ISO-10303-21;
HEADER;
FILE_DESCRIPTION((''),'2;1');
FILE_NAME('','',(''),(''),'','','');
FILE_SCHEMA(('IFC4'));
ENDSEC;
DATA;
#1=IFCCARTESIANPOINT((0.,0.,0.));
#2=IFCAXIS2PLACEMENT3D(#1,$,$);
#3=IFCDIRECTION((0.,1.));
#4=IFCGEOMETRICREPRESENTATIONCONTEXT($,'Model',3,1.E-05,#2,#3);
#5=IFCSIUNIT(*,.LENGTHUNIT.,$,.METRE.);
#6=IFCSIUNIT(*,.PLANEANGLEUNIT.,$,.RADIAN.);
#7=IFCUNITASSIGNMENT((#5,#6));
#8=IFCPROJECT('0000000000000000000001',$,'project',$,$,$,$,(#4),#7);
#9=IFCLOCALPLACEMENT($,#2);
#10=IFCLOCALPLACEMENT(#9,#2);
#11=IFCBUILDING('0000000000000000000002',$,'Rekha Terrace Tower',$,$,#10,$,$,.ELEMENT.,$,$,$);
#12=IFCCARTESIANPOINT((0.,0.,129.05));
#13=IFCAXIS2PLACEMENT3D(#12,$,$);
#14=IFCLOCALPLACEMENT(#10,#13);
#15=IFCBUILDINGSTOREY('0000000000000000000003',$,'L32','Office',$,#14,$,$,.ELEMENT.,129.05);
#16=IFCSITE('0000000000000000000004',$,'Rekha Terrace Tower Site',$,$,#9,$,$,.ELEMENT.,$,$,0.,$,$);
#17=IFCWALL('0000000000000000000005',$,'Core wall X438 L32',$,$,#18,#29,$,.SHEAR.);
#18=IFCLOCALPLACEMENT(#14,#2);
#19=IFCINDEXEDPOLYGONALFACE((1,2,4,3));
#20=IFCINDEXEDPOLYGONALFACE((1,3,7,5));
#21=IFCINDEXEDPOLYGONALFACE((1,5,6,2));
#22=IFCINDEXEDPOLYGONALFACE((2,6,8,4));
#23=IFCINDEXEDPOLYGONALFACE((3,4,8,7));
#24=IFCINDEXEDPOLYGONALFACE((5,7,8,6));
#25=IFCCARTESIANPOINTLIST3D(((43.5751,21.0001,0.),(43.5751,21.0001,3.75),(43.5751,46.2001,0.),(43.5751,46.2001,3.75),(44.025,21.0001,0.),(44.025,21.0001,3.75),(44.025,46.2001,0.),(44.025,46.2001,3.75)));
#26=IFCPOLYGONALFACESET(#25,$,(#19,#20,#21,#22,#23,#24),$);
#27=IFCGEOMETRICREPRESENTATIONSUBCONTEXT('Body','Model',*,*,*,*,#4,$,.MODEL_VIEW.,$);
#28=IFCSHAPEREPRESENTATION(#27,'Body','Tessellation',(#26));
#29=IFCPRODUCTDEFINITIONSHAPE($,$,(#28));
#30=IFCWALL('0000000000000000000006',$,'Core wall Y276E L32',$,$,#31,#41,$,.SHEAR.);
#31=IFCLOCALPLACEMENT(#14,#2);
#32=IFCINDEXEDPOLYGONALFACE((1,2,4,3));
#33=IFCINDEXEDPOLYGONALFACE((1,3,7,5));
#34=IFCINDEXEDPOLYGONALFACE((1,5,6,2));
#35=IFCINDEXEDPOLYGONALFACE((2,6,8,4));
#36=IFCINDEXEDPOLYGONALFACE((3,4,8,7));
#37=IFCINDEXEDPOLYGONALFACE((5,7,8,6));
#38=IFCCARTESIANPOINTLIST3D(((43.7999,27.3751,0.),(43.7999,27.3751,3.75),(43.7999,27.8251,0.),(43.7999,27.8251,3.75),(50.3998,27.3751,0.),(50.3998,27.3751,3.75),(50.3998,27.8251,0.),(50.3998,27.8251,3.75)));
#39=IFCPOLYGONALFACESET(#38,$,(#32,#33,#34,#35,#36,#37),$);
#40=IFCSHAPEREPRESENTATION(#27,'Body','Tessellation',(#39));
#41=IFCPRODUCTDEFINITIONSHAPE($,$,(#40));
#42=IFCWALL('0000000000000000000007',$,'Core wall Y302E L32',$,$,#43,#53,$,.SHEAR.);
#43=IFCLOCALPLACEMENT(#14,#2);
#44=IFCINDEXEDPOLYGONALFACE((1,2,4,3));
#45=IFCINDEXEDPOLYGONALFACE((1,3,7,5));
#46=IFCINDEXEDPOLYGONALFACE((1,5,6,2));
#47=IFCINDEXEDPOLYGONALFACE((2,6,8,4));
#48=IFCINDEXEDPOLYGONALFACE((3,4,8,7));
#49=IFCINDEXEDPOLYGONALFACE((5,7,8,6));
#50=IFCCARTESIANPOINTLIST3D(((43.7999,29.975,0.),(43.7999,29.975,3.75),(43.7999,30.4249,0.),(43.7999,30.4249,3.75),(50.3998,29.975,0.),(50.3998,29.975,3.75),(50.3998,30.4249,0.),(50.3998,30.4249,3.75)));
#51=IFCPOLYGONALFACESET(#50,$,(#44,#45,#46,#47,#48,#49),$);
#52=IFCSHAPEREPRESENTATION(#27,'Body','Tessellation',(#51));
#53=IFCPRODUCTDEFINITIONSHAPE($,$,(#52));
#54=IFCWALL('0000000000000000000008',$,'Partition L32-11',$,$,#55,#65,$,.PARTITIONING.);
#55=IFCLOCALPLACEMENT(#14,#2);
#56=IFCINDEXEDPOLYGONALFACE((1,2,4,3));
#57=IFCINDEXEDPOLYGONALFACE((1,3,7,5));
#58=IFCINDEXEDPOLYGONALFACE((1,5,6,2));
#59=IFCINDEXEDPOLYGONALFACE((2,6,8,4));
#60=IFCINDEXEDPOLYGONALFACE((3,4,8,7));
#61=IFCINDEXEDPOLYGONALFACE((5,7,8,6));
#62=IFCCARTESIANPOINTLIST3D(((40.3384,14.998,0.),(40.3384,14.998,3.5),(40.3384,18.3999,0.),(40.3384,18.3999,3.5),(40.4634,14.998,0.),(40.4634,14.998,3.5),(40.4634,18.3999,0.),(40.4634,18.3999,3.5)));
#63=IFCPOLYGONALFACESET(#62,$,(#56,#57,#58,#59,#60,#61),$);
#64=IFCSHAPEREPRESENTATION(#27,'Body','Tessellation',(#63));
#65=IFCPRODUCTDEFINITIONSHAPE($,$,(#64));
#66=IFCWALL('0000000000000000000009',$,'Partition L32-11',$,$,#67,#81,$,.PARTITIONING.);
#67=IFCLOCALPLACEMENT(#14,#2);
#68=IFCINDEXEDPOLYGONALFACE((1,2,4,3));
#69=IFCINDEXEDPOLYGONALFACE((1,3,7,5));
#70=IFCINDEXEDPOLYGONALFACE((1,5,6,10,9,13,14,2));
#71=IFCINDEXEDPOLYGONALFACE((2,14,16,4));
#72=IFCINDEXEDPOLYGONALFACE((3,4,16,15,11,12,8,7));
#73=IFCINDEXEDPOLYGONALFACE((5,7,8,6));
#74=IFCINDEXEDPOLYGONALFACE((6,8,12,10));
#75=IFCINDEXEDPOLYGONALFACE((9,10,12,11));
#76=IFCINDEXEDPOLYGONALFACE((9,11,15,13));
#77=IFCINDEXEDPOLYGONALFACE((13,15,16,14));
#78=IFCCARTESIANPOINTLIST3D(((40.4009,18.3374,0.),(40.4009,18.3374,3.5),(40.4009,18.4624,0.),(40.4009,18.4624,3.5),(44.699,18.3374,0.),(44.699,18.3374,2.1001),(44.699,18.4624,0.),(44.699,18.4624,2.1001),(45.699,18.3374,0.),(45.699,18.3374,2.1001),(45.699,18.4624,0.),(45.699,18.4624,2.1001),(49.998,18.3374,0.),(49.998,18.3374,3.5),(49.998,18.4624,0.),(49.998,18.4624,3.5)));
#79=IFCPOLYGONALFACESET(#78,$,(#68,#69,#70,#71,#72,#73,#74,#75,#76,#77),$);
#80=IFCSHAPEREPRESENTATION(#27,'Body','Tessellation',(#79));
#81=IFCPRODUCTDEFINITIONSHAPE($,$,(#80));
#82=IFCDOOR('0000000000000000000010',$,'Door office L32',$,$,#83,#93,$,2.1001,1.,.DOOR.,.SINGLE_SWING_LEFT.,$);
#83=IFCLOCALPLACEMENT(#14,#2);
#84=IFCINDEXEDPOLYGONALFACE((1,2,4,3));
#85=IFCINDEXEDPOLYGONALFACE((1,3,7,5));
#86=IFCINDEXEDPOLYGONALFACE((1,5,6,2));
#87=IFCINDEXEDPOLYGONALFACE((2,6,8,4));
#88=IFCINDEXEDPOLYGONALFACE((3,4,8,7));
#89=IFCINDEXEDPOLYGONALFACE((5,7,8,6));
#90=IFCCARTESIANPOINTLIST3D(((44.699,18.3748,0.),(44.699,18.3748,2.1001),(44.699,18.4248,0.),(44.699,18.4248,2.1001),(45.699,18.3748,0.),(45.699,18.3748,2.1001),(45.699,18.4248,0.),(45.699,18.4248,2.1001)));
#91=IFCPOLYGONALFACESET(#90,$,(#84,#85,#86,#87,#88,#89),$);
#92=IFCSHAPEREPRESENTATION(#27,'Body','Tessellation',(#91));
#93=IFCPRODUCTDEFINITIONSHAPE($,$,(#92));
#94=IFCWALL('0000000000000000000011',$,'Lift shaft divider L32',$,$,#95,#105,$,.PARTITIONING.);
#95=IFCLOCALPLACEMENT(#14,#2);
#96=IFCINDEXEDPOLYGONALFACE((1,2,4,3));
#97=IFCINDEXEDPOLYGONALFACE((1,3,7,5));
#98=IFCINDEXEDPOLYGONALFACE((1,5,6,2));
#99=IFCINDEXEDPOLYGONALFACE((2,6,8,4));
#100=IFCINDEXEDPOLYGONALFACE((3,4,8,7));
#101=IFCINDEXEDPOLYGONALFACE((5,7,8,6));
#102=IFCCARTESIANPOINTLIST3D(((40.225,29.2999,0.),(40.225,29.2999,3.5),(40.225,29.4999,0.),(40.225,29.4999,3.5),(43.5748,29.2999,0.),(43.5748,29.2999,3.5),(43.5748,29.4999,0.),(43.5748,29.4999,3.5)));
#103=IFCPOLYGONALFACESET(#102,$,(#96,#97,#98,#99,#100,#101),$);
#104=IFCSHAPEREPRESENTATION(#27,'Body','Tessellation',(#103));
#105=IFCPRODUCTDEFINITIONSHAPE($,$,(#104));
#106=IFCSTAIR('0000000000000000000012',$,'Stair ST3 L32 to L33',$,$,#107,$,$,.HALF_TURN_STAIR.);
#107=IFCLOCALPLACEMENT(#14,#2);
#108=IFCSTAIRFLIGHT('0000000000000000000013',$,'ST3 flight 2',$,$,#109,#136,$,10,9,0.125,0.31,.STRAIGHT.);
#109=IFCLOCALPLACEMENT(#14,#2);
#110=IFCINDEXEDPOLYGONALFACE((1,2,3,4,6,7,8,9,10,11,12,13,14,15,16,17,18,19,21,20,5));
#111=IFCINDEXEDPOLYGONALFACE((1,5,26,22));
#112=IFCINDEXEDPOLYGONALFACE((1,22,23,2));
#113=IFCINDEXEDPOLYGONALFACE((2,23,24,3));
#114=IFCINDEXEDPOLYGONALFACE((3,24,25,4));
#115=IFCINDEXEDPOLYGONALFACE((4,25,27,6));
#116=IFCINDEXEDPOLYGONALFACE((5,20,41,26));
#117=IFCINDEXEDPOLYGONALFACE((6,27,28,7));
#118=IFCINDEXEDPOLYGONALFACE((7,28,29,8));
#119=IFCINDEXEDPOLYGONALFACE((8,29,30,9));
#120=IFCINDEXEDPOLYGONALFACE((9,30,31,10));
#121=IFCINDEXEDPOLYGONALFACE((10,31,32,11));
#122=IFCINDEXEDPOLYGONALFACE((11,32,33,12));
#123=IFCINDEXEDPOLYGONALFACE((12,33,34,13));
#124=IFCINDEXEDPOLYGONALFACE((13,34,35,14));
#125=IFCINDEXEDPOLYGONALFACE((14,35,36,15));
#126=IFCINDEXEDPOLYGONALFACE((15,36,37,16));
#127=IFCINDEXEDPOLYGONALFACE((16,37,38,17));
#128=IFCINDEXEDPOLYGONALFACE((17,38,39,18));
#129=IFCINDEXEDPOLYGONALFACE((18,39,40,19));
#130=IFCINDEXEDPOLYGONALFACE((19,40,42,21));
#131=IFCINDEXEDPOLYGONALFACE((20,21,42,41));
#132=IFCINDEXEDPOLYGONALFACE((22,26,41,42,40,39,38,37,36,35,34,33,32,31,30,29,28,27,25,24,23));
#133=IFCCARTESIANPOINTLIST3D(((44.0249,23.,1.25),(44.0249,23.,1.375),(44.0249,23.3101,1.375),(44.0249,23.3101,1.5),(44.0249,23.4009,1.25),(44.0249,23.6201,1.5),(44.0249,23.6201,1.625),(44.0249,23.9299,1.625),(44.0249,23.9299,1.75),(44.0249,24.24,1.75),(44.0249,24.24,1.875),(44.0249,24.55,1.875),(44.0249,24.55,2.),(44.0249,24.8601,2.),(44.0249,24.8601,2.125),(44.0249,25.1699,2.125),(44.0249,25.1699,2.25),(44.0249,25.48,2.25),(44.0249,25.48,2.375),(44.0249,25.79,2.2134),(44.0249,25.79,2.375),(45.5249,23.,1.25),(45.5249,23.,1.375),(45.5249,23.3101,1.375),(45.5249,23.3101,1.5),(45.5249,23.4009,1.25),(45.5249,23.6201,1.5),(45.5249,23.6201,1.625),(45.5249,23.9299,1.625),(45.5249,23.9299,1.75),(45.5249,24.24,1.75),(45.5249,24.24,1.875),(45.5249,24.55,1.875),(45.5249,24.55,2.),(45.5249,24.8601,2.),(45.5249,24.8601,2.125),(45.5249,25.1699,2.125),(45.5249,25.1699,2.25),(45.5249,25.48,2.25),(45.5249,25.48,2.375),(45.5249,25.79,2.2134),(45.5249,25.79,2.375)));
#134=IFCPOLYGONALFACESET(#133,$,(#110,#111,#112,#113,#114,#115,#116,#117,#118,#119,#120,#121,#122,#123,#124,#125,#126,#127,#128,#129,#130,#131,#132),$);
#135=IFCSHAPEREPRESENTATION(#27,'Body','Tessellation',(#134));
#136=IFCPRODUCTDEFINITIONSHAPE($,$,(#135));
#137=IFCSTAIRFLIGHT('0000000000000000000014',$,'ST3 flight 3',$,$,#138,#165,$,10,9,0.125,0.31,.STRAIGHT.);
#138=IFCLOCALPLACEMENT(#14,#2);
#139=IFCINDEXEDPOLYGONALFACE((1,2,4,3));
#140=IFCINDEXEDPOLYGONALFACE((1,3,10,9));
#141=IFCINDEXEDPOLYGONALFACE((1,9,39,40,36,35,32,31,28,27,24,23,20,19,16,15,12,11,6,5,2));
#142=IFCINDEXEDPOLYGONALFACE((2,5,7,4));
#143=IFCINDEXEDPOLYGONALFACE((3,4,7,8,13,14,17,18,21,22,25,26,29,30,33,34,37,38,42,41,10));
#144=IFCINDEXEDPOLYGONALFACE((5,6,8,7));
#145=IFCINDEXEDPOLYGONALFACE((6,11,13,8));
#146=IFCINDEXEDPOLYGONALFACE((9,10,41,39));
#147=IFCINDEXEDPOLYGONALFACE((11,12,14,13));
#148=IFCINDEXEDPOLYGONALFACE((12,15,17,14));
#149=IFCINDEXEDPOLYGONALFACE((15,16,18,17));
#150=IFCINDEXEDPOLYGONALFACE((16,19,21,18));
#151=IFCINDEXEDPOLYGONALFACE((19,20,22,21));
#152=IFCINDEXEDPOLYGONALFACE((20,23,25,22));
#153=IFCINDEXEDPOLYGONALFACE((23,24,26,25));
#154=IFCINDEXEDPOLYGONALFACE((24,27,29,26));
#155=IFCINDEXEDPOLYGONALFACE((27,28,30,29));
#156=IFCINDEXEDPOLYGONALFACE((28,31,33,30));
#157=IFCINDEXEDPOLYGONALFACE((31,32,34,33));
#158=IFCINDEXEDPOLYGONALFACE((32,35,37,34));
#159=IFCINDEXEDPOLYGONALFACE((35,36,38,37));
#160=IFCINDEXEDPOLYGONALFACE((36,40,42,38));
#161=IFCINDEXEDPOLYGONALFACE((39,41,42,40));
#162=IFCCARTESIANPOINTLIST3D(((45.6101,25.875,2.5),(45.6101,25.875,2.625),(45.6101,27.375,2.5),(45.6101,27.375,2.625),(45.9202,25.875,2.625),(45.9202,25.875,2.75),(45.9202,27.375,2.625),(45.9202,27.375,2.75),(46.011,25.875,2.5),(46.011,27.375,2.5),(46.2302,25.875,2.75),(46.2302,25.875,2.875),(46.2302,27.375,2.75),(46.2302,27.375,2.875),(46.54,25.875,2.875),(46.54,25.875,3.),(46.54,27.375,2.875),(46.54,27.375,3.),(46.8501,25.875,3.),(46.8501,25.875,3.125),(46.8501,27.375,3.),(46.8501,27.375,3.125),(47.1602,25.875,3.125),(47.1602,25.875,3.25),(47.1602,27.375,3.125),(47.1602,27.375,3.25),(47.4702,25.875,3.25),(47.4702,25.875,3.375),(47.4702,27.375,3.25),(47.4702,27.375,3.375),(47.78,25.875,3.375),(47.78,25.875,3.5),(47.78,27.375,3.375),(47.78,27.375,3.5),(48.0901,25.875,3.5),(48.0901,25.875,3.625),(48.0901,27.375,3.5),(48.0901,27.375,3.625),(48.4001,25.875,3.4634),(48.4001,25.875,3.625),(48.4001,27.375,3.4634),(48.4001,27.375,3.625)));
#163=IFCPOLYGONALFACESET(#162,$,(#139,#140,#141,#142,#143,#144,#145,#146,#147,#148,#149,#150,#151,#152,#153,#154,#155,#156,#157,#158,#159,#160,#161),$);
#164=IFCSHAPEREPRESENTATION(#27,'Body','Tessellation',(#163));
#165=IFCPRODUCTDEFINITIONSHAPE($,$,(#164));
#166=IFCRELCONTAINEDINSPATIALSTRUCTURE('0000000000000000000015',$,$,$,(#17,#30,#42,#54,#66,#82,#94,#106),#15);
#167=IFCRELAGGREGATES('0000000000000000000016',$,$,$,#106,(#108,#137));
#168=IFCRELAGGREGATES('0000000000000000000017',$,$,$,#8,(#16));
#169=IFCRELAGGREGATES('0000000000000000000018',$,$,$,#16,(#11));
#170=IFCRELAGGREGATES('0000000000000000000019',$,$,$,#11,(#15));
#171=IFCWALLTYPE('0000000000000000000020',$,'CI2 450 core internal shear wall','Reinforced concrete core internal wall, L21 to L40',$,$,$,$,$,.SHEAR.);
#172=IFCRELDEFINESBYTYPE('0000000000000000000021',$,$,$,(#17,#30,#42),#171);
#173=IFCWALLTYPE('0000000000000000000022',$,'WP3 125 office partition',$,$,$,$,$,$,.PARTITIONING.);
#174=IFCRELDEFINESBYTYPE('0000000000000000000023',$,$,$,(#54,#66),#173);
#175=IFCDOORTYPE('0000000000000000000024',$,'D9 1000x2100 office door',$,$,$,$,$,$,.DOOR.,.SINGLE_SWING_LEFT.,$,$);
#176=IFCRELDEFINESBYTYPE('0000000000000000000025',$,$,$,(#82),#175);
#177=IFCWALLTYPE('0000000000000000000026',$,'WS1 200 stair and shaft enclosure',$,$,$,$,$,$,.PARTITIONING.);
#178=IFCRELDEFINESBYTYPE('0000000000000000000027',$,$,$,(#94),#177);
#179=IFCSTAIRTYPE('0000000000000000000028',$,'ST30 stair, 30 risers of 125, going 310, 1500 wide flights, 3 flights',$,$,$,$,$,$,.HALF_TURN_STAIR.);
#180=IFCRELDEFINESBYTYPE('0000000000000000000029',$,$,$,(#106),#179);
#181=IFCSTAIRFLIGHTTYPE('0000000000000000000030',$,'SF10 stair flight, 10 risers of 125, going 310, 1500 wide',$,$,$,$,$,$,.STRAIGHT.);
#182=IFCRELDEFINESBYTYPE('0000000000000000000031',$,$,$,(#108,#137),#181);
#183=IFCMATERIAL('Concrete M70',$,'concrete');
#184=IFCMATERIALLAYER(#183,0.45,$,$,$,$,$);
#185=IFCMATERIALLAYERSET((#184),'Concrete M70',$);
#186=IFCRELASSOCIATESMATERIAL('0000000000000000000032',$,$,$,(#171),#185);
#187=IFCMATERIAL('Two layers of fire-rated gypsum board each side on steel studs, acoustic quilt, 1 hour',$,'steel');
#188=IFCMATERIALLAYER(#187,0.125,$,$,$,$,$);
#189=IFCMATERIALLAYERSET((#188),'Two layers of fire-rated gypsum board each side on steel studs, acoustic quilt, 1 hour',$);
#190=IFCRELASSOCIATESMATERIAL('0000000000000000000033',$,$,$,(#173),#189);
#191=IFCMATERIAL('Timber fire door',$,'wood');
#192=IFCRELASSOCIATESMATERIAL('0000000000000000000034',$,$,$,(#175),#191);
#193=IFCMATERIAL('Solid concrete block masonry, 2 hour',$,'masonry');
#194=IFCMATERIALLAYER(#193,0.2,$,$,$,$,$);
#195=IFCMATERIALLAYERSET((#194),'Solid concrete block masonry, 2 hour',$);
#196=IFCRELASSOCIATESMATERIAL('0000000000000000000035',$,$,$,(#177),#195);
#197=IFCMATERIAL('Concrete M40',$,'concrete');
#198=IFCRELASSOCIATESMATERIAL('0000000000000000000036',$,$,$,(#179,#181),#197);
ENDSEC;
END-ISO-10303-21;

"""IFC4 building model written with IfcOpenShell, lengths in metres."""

from ifc_helpers import new_model, si_unit, direction, frame, frame_2d, origin, place, context, subcontext, project, spatial, polyline, rectangle, outline, extrude, material, layer, layer_set, type_object, element, fill, aggregate, save


model = new_model("IFC4")

# Units and contexts
model_context = context("Model", 3, precision=1e-05, world=origin(), true_north=direction((0.0, 1.0)))
body_context = subcontext(model_context, "Body", "Model", "MODEL_VIEW")
ifc_project = project(units=[si_unit("LENGTHUNIT", "METRE"), si_unit("PLANEANGLEUNIT", "RADIAN")], contexts=[model_context])

# Site, building, storey
site_placement = place(None, origin())
site = spatial("IfcSite", under=ifc_project, at=site_placement, Name="Rekha Terrace Tower Site", CompositionType="ELEMENT", RefElevation=0.0)
building_placement = place(site_placement, origin())
building = spatial("IfcBuilding", under=site, at=building_placement, Name="Rekha Terrace Tower", CompositionType="ELEMENT")
storey_placement = place(building_placement, frame((0.0, 0.0, 129.05)))
storey = spatial("IfcBuildingStorey", under=building, at=storey_placement, Name="L32", Description="Office", CompositionType="ELEMENT", Elevation=129.05)

# Shared definitions
ifc_material_1 = material(Name="Concrete M70", Category="concrete")

# Walls
ifc_layer_1 = layer(ifc_material_1, 0.45)
ifc_layer_set_1 = layer_set([ifc_layer_1], Name="Concrete M70")
wall_type_1 = type_object("IfcWallType", Name="CI2 450 core internal shear wall", Description="Reinforced concrete core internal wall, L21 to L40", PredefinedType="SHEAR", material=ifc_layer_set_1)
wall_1_placement = place(storey_placement, frame((43.8, 21.0, 0.0), z_axis=(0.0, 0.0, 1.0), x_axis=(0.0, 1.0, 0.0)))
element("IfcWall", 1, at=wall_1_placement, inside=storey, type_object=wall_type_1, Name="Core wall X438 L32", PredefinedType="SHEAR", context=body_context, shape_type="SweptSolid", body=[
    extrude(rectangle(XDim=25.2, YDim=0.45, at=frame_2d((12.6001, 0.0))), origin(), (0.0, 0.0, 1.0), 3.75),
])
for number, where, z_axis, x_axis, name in (
    (2, (43.8, 27.6001, 0.0), (0.0, 0.0, 1.0), (1.0, 0.0, 0.0), "Core wall Y276E L32"),
    (3, (43.8, 30.2, 0.0), (0.0, 0.0, 1.0), (1.0, 0.0, 0.0), "Core wall Y302E L32"),
):
    element("IfcWall", number, at=place(storey_placement, frame(where, z_axis=z_axis, x_axis=x_axis)), inside=storey, type_object=wall_type_1, Name=name, PredefinedType="SHEAR", context=body_context, shape_type="SweptSolid", body=[
        extrude(rectangle(XDim=6.5999, YDim=0.45, at=frame_2d((3.2998, 0.0))), origin(), (0.0, 0.0, 1.0), 3.75),
    ])
ifc_material_2 = material(Name="Two layers of fire-rated gypsum board each side on steel studs, acoustic quilt, 1 hour", Category="steel")
ifc_layer_2 = layer(ifc_material_2, 0.125)
ifc_layer_set_2 = layer_set([ifc_layer_2], Name="Two layers of fire-rated gypsum board each side on steel studs, acoustic quilt, 1 hour")
wall_type_2 = type_object("IfcWallType", Name="WP3 125 office partition", PredefinedType="PARTITIONING", material=ifc_layer_set_2)
wall_2_placement = place(storey_placement, frame((40.4009, 14.998, 0.0), z_axis=(0.0, 0.0, 1.0), x_axis=(0.0, 1.0, 0.0)))
element("IfcWall", 4, at=wall_2_placement, inside=storey, type_object=wall_type_2, Name="Partition L32-11", PredefinedType="PARTITIONING", context=body_context, shape_type="SweptSolid", body=[
    extrude(rectangle(XDim=3.4019, YDim=0.125, at=frame_2d((1.7009, 0.0))), origin(), (0.0, 0.0, 1.0), 3.5),
])

# Wall, opening, door
wall_3_placement = place(storey_placement, frame((40.4009, 18.3999, 0.0), z_axis=(0.0, 0.0, 1.0), x_axis=(1.0, 0.0, 0.0)))
wall_3 = element("IfcWall", 5, at=wall_3_placement, inside=storey, type_object=wall_type_2, Name="Partition L32-11", PredefinedType="PARTITIONING", context=body_context, shape_type="SweptSolid", body=[
    extrude(rectangle(XDim=9.5972, YDim=0.125, at=frame_2d((4.7986, 0.0))), origin(), (0.0, 0.0, 1.0), 3.5),
])
opening_placement = place(wall_3_placement, frame((4.2981, 0.0, 0.0)))
opening = element("IfcOpeningElement", 6, at=opening_placement, cuts=wall_3, PredefinedType="OPENING", context=body_context, shape_type="SweptSolid", body=[
    extrude(rectangle(XDim=1.0, YDim=2.1001, at=frame_2d((0.5, 1.05))), frame((0.0, 0.0725, 0.0), z_axis=(0.0, -1.0, 0.0), x_axis=(1.0, 0.0, 0.0)), (0.0, 0.0, 1.0), 0.145),
])
ifc_material_3 = material(Name="Timber fire door", Category="wood")
door_type = type_object("IfcDoorType", Name="D9 1000x2100 office door", OperationType="SINGLE_SWING_LEFT", PredefinedType="DOOR", material=ifc_material_3)
door_placement = place(opening_placement, origin())
door = element("IfcDoor", 7, at=door_placement, inside=storey, type_object=door_type, Name="Door office L32", OperationType="SINGLE_SWING_LEFT", OverallHeight=2.1001, OverallWidth=1.0, PredefinedType="DOOR", context=body_context, shape_type="SweptSolid", body=[
    extrude(rectangle(XDim=1.0, YDim=2.1001, at=frame_2d((0.5, 1.05))), frame((0.0, 0.0249, 0.0), z_axis=(0.0, -1.0, 0.0), x_axis=(1.0, 0.0, 0.0)), (0.0, 0.0, 1.0), 0.05),
])
fill(opening, door)

# Wall
ifc_material_4 = material(Name="Solid concrete block masonry, 2 hour", Category="masonry")
ifc_layer_3 = layer(ifc_material_4, 0.2)
ifc_layer_set_3 = layer_set([ifc_layer_3], Name="Solid concrete block masonry, 2 hour")
wall_type_3 = type_object("IfcWallType", Name="WS1 200 stair and shaft enclosure", PredefinedType="PARTITIONING", material=ifc_layer_set_3)
wall_4_placement = place(storey_placement, frame((40.2251, 29.3999, 0.0), z_axis=(0.0, 0.0, 1.0), x_axis=(1.0, 0.0, 0.0)))
element("IfcWall", 8, at=wall_4_placement, inside=storey, type_object=wall_type_3, Name="Lift shaft divider L32", PredefinedType="PARTITIONING", context=body_context, shape_type="SweptSolid", body=[
    extrude(rectangle(XDim=3.3499, YDim=0.2, at=frame_2d((1.6748, 0.0))), origin(), (0.0, 0.0, 1.0), 3.5),
])

# Stair, stair flights
ifc_material_5 = material(Name="Concrete M40", Category="concrete")
stair_type = type_object("IfcStairType", Name="ST30 stair, 30 risers of 125, going 310, 1500 wide flights, 3 flights", PredefinedType="HALF_TURN_STAIR", material=ifc_material_5)
stair_placement = place(storey_placement, origin())
stair = element("IfcStair", 9, at=stair_placement, inside=storey, type_object=stair_type, Name="Stair ST3 L32 to L33", PredefinedType="HALF_TURN_STAIR")
stair_flight_type = type_object("IfcStairFlightType", Name="SF10 stair flight, 10 risers of 125, going 310, 1500 wide", PredefinedType="STRAIGHT", material=ifc_material_5)
stair_flight_1_placement = place(storey_placement, frame((44.7749, 23.0, 1.25), z_axis=(0.0, 0.0, 1.0), x_axis=(0.0, 1.0, 0.0)))
stair_flight_1 = element("IfcStairFlight", 10, at=stair_flight_1_placement, type_object=stair_flight_type, Name="ST3 flight 2", NumberOfRisers=10, NumberOfTreads=9, PredefinedType="STRAIGHT", RiserHeight=0.125, TreadLength=0.31, context=body_context, shape_type="SweptSolid", body=[
    extrude(outline(polyline([(0.0, 0.0), (0.0, 0.125), (0.3101, 0.125), (0.3101, 0.25), (0.6201, 0.25), (0.6201, 0.375), (0.9299, 0.375), (0.9299, 0.5), (1.24, 0.5), (1.24, 0.625), (1.55, 0.625), (1.55, 0.75), (1.8601, 0.75), (1.8601, 0.875), (2.1699, 0.875), (2.1699, 1.0), (2.48, 1.0), (2.48, 1.125), (2.79, 1.125), (2.79, 1.25), (2.79, 0.9634), (0.4009, 0.0), (0.0, 0.0)])), frame((0.0, 0.75, 0.0), z_axis=(0.0, -1.0, 0.0), x_axis=(1.0, 0.0, 0.0)), (0.0, 0.0, 1.0), 1.5),
])
stair_flight_2_placement = place(storey_placement, frame((45.6101, 26.625, 2.5), z_axis=(0.0, 0.0, 1.0), x_axis=(1.0, 0.0, 0.0)))
stair_flight_2 = element("IfcStairFlight", 11, at=stair_flight_2_placement, type_object=stair_flight_type, Name="ST3 flight 3", NumberOfRisers=10, NumberOfTreads=9, PredefinedType="STRAIGHT", RiserHeight=0.125, TreadLength=0.31, context=body_context, shape_type="SweptSolid", body=[
    extrude(outline(polyline([(0.0, 0.0), (0.0, 0.125), (0.3101, 0.125), (0.3101, 0.25), (0.6201, 0.25), (0.6201, 0.375), (0.9299, 0.375), (0.9299, 0.5), (1.24, 0.5), (1.24, 0.625), (1.55, 0.625), (1.55, 0.75), (1.8601, 0.75), (1.8601, 0.875), (2.1699, 0.875), (2.1699, 1.0), (2.48, 1.0), (2.48, 1.125), (2.79, 1.125), (2.79, 1.25), (2.79, 0.9634), (0.4009, 0.0), (0.0, 0.0)])), frame((0.0, 0.75, 0.0), z_axis=(0.0, -1.0, 0.0), x_axis=(1.0, 0.0, 0.0)), (0.0, 0.0, 1.0), 1.5),
])
aggregate(stair, [stair_flight_1, stair_flight_2])

save(model, "model.ifc")
